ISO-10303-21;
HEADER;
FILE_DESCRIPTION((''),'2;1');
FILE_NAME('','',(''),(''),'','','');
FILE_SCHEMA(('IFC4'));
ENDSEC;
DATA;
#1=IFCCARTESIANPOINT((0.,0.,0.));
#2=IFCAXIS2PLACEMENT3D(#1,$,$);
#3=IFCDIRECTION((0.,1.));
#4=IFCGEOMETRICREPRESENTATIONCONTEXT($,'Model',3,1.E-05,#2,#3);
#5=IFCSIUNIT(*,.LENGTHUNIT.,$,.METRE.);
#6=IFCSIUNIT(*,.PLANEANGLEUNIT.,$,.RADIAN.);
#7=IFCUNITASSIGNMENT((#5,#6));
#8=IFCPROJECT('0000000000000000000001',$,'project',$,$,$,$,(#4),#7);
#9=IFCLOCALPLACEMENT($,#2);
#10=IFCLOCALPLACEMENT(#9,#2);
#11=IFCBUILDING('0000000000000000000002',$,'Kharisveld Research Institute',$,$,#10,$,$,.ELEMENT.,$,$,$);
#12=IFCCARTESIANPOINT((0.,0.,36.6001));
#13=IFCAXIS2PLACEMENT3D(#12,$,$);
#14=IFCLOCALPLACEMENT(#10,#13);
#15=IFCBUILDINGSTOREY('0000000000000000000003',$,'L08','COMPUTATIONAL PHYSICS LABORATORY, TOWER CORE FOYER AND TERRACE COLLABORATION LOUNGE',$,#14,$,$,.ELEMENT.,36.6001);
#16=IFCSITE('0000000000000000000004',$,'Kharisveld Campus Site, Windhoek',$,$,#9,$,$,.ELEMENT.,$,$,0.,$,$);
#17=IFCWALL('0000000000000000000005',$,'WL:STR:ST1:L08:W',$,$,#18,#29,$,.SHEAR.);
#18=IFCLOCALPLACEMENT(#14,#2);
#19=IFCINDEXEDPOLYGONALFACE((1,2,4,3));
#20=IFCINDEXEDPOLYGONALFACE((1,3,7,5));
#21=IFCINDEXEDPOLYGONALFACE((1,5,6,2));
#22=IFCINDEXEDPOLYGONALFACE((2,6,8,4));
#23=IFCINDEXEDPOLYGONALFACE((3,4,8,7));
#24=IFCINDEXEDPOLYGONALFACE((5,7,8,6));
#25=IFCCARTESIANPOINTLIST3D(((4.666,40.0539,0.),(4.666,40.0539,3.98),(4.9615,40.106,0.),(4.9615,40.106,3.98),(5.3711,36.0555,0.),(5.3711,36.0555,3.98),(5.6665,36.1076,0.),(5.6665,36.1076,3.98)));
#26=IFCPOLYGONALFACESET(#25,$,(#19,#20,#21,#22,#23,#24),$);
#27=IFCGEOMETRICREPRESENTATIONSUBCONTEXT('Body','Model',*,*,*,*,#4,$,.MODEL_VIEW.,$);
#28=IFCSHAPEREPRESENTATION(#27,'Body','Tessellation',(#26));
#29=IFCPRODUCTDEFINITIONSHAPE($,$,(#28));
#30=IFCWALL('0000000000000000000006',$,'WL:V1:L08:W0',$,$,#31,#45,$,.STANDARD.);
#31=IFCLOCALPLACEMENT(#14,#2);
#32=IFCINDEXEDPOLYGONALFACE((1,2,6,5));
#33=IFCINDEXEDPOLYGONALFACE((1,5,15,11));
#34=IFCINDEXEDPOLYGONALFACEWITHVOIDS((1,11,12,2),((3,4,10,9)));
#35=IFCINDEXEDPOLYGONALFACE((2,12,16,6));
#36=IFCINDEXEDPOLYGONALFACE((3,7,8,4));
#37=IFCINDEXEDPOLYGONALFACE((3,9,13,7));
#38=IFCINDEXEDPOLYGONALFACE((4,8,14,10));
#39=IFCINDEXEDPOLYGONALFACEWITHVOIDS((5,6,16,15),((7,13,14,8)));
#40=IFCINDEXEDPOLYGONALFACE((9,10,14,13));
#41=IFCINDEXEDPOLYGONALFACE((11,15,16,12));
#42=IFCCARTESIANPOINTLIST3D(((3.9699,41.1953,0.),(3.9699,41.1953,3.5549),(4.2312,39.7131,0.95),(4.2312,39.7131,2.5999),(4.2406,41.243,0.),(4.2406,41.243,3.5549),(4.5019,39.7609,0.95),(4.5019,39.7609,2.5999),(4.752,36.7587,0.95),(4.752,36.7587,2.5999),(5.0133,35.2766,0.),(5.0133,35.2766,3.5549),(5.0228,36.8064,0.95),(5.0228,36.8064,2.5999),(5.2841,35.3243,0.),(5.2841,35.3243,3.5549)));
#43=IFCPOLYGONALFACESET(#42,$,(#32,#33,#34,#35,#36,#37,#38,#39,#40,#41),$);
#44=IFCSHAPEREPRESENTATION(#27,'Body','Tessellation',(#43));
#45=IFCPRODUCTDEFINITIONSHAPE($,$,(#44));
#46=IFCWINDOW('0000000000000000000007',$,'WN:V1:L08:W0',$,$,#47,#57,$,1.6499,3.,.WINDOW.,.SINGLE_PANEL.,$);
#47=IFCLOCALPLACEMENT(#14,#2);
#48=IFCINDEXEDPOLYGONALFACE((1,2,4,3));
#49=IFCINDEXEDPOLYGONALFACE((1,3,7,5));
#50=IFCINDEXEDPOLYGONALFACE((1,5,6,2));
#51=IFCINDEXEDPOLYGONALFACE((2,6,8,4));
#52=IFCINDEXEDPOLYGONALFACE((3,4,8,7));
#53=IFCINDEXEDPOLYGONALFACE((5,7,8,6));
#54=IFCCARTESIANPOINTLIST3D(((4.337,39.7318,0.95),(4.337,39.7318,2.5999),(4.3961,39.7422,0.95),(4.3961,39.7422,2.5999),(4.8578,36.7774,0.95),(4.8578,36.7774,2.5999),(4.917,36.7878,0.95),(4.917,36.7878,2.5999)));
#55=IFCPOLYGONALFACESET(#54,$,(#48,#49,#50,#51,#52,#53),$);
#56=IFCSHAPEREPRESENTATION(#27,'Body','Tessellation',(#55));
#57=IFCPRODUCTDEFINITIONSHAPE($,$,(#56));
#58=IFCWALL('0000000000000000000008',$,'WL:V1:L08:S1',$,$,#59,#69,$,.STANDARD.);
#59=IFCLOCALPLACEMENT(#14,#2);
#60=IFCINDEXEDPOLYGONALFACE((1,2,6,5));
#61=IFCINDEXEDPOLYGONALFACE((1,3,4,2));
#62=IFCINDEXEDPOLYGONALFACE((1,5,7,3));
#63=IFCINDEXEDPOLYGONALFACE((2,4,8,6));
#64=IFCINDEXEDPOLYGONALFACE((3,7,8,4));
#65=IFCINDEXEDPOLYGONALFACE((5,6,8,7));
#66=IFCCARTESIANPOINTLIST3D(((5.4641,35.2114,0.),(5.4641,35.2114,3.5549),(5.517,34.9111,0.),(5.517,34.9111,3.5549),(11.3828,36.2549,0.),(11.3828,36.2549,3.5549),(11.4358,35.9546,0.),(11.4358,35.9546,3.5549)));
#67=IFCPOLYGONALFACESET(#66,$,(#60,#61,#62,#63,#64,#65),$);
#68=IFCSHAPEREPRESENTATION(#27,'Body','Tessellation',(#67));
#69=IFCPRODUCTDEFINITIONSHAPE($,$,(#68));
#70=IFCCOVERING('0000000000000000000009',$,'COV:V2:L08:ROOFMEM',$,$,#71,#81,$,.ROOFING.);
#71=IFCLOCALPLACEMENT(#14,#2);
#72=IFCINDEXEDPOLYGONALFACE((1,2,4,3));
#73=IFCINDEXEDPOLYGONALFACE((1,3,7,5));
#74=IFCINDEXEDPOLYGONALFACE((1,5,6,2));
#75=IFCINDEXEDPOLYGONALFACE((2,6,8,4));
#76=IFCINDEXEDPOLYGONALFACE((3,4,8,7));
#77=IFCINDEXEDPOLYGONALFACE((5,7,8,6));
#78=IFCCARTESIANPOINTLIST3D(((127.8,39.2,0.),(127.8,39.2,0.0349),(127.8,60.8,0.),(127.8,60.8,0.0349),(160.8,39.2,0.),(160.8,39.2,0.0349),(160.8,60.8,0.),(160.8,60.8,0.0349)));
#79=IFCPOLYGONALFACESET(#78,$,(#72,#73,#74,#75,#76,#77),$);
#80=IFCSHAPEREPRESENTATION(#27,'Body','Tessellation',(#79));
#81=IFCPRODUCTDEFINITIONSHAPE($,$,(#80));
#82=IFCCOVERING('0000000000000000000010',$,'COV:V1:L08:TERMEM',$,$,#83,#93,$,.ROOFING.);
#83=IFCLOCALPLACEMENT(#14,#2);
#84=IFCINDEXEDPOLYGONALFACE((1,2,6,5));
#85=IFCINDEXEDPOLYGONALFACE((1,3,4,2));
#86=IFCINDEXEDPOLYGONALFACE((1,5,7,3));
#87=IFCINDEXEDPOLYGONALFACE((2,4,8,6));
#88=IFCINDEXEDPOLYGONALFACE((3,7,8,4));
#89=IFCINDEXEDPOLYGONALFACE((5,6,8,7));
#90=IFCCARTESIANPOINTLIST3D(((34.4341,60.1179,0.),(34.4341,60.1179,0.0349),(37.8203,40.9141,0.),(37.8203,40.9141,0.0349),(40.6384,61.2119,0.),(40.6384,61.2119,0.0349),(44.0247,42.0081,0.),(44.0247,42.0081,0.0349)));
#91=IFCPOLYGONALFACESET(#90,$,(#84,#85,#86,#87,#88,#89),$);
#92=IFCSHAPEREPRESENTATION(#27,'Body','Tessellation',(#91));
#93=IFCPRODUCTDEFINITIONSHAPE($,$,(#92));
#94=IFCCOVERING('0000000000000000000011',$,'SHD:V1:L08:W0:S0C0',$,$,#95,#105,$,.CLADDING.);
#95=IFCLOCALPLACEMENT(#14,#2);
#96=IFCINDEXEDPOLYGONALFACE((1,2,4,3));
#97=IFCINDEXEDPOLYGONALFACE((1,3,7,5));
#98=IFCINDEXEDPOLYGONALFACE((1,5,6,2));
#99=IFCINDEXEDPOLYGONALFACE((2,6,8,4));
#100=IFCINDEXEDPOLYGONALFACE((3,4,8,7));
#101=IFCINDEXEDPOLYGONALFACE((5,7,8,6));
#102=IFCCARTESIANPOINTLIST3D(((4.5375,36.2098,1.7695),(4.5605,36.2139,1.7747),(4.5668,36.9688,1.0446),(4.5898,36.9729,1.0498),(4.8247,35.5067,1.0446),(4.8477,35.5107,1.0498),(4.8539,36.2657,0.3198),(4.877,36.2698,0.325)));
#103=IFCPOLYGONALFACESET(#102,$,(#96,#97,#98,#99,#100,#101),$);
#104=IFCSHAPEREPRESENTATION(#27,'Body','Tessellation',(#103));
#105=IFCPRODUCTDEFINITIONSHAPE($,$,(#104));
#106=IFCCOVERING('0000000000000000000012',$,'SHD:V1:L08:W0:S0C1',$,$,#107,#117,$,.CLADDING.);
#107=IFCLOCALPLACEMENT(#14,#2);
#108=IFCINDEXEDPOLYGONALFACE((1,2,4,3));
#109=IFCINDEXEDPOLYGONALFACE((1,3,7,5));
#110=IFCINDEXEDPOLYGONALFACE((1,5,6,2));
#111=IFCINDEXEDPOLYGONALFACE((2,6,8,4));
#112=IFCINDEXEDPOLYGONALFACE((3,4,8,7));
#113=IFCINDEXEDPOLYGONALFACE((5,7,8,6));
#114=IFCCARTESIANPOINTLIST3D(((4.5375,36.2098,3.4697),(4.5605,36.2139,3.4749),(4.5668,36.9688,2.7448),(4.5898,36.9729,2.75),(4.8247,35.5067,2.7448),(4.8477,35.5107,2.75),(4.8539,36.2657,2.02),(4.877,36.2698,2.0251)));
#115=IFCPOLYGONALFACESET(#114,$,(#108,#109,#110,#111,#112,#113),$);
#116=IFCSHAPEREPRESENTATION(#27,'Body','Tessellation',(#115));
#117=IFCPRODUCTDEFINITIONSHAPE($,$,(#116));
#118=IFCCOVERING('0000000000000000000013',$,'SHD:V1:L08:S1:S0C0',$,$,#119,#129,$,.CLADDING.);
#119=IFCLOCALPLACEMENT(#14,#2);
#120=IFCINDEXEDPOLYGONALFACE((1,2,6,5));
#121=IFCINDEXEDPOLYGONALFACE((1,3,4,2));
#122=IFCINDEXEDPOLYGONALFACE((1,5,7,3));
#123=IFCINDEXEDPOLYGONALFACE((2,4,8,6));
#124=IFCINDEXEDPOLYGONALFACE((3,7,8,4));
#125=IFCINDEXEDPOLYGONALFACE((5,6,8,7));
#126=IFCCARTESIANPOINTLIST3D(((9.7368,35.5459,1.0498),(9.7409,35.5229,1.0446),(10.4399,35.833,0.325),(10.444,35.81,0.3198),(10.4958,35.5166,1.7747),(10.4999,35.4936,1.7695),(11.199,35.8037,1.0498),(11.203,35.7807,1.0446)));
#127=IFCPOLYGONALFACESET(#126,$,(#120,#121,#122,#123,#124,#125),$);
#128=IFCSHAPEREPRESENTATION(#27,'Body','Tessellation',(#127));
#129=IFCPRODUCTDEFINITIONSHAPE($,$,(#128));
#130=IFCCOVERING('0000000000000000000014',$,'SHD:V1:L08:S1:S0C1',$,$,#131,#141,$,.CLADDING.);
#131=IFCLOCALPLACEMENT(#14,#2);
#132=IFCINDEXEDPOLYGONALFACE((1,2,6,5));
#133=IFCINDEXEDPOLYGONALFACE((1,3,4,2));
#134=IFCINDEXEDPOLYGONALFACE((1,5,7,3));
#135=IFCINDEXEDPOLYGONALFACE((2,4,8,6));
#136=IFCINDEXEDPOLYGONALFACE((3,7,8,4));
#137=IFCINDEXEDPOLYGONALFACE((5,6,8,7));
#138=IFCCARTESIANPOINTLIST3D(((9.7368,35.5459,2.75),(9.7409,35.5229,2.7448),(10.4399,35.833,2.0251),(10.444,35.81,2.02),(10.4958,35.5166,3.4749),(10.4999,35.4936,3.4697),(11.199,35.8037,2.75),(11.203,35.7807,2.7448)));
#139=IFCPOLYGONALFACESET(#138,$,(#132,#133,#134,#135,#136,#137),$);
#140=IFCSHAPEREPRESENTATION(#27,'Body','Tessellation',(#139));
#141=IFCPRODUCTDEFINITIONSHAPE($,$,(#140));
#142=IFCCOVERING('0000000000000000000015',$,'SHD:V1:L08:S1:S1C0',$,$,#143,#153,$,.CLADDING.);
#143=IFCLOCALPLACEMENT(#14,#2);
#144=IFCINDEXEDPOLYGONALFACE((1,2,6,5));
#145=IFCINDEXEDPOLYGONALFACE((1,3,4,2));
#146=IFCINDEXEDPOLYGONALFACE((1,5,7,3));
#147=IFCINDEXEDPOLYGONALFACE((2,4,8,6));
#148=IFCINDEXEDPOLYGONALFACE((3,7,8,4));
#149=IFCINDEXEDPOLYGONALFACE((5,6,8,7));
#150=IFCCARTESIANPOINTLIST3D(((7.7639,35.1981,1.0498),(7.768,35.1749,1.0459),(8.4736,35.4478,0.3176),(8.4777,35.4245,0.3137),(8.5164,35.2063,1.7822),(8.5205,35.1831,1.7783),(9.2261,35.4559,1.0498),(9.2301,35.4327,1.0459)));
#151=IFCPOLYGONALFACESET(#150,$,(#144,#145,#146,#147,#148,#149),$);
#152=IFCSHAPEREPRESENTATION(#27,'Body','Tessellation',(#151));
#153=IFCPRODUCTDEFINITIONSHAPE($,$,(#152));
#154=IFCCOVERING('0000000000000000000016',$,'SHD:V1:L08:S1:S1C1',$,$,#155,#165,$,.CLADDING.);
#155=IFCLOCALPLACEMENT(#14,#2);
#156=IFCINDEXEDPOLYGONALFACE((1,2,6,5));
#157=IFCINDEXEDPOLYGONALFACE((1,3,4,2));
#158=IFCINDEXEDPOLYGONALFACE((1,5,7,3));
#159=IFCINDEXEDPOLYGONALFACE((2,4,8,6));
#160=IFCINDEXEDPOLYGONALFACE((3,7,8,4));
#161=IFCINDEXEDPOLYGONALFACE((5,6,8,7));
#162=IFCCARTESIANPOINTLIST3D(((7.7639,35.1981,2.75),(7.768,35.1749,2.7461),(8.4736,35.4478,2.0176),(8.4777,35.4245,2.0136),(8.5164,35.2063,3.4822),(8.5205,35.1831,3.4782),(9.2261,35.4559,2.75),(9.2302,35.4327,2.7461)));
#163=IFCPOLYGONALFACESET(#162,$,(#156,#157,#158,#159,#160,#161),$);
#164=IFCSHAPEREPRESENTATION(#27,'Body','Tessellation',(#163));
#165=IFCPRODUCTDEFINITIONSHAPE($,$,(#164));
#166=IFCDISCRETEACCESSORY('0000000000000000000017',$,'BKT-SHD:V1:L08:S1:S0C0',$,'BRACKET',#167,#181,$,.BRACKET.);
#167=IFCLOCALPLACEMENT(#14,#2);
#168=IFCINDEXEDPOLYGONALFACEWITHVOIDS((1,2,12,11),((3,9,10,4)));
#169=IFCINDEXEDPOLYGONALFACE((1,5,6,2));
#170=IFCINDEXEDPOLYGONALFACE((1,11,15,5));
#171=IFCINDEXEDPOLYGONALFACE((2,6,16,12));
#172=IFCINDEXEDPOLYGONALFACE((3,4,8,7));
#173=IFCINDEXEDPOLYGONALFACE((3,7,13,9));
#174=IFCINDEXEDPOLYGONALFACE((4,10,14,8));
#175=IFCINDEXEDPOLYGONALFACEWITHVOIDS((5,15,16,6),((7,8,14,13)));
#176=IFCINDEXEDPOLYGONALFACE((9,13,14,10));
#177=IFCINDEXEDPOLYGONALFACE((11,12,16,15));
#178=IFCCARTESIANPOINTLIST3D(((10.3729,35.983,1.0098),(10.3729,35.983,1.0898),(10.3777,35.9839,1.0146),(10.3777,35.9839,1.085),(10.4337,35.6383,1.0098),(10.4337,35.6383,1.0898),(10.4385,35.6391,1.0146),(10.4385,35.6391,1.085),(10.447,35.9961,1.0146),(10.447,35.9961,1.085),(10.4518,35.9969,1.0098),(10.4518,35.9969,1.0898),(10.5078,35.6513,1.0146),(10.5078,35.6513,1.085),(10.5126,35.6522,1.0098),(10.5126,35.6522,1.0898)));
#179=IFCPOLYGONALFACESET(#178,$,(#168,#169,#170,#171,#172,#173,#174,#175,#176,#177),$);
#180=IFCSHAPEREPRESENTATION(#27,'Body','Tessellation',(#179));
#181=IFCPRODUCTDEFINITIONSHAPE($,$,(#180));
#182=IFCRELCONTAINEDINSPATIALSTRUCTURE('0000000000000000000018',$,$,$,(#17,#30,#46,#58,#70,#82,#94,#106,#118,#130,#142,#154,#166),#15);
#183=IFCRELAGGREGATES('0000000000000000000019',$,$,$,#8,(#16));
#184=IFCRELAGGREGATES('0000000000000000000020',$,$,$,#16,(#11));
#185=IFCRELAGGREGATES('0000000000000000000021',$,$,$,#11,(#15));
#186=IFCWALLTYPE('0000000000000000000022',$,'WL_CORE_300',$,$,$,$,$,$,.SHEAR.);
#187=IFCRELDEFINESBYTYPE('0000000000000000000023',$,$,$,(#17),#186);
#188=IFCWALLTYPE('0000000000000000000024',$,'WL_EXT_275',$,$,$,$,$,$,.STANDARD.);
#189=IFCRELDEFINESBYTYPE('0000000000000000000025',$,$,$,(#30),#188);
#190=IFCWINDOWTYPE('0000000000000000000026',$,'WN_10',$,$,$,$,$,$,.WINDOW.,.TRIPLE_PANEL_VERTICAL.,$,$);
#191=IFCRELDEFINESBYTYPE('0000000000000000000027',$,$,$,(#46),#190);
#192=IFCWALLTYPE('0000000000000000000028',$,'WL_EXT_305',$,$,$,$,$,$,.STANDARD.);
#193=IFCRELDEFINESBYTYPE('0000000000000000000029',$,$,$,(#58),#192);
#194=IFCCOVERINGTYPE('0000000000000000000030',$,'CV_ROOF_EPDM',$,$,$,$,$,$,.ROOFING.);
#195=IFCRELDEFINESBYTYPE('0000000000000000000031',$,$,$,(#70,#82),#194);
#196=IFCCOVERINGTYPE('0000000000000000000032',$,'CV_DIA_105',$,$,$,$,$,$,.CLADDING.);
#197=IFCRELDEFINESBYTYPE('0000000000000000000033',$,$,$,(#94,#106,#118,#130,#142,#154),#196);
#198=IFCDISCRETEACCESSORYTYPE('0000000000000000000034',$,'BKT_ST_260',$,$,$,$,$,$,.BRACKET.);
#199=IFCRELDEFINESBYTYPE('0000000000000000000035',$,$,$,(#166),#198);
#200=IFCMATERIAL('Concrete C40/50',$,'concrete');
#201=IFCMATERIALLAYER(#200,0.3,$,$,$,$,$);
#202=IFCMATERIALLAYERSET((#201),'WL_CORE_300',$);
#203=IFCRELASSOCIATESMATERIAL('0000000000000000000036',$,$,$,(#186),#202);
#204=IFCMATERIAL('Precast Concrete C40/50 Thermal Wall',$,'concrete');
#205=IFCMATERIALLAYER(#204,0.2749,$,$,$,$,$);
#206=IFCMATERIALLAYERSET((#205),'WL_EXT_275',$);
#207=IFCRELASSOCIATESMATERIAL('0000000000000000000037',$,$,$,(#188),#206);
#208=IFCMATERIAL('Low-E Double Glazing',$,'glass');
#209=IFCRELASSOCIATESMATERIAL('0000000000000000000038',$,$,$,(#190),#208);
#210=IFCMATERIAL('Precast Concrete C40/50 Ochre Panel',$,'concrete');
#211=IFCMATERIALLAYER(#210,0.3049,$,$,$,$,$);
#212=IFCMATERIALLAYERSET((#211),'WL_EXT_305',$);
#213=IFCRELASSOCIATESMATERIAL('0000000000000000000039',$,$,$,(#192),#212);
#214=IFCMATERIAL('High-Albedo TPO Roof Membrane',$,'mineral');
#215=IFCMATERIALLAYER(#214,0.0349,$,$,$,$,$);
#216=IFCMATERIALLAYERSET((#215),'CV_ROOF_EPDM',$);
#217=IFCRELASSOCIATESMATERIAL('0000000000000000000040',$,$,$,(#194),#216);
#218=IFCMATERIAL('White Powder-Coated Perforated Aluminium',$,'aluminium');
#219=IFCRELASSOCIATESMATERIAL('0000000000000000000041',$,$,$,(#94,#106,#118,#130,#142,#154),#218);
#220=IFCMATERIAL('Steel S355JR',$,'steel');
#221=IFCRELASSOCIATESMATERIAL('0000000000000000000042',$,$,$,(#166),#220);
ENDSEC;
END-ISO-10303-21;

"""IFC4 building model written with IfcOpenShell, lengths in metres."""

from ifc_helpers import new_model, si_unit, direction, frame, frame_2d, origin, origin_2d, place, context, subcontext, project, spatial, polyline, rectangle, hollow_rectangle, outline, extrude, material, layer, layer_set, type_object, element, fill, save


model = new_model("IFC4")

# Units and contexts
model_context = context("Model", 3, precision=1e-05, world=origin(), true_north=direction((0.0, 1.0)))
body_context = subcontext(model_context, "Body", "Model", "MODEL_VIEW")
ifc_project = project(units=[si_unit("LENGTHUNIT", "METRE"), si_unit("PLANEANGLEUNIT", "RADIAN")], contexts=[model_context])

# Site, building, storey
site_placement = place(None, origin())
site = spatial("IfcSite", under=ifc_project, at=site_placement, Name="Kharisveld Campus Site, Windhoek", CompositionType="ELEMENT", RefElevation=0.0)
building_placement = place(site_placement, origin())
building = spatial("IfcBuilding", under=site, at=building_placement, Name="Kharisveld Research Institute", CompositionType="ELEMENT")
storey_placement = place(building_placement, frame((0.0, 0.0, 36.6001)))
storey = spatial("IfcBuildingStorey", under=building, at=storey_placement, Name="L08", Description="COMPUTATIONAL PHYSICS LABORATORY, TOWER CORE FOYER AND TERRACE COLLABORATION LOUNGE", CompositionType="ELEMENT", Elevation=36.6001)

# Wall
ifc_material_1 = material(Name="Concrete C40/50", Category="concrete")
ifc_layer_1 = layer(ifc_material_1, 0.3)
ifc_layer_set_1 = layer_set([ifc_layer_1], Name="WL_CORE_300")
wall_type_1 = type_object("IfcWallType", Name="WL_CORE_300", PredefinedType="SHEAR", material=ifc_layer_set_1)
wall_1_placement = place(storey_placement, frame((5.5188, 36.0815, 0.0), z_axis=(0.0, 0.0, 1.0), x_axis=(-0.173665, 0.984805, 0.0)))
element("IfcWall", 1, at=wall_1_placement, inside=storey, type_object=wall_type_1, Name="WL:STR:ST1:L08:W", PredefinedType="SHEAR", context=body_context, shape_type="SweptSolid", body=[
    extrude(rectangle(XDim=4.0601, YDim=0.3, at=frame_2d((2.03, 0.0))), origin(), (0.0, 0.0, 1.0), 3.98),
])

# Wall, opening, window
ifc_material_2 = material(Name="Precast Concrete C40/50 Thermal Wall", Category="concrete")
ifc_layer_2 = layer(ifc_material_2, 0.2749)
ifc_layer_set_2 = layer_set([ifc_layer_2], Name="WL_EXT_275")
wall_type_2 = type_object("IfcWallType", Name="WL_EXT_275", PredefinedType="STANDARD", material=ifc_layer_set_2)
wall_2_placement = place(storey_placement, frame((5.1487, 35.3005, 0.0), z_axis=(0.0, 0.0, 1.0), x_axis=(-0.173621, 0.984813, 0.0)))
wall_2 = element("IfcWall", 2, at=wall_2_placement, inside=storey, type_object=wall_type_2, Name="WL:V1:L08:W0", PredefinedType="STANDARD", context=body_context, shape_type="SweptSolid", body=[
    extrude(rectangle(XDim=6.01, YDim=0.2749, at=frame_2d((3.0049, 0.0))), origin(), (0.0, 0.0, 1.0), 3.5549),
])
opening_1_placement = place(wall_2_placement, frame((1.5049, 0.0, 0.95)))
opening_1 = element("IfcOpeningElement", 3, at=opening_1_placement, cuts=wall_2, PredefinedType="OPENING", context=body_context, shape_type="SweptSolid", body=[
    extrude(rectangle(XDim=3.0, YDim=1.6499, at=frame_2d((1.5, 0.825))), frame((0.0, 0.1375, 0.0), z_axis=(0.0, -1.0, 0.0), x_axis=(1.0, 0.0, 0.0)), (0.0, 0.0, 1.0), 0.2749),
])
ifc_material_3 = material(Name="Low-E Double Glazing", Category="glass")
window_type_1 = type_object("IfcWindowType", Name="WN_10", PartitioningType="TRIPLE_PANEL_VERTICAL", PredefinedType="WINDOW", material=ifc_material_3)
window_1_placement = place(opening_1_placement, origin())
window_1 = element("IfcWindow", 4, at=window_1_placement, inside=storey, type_object=window_type_1, Name="WN:V1:L08:W0", OverallHeight=1.6499, OverallWidth=3.0, PartitioningType="SINGLE_PANEL", PredefinedType="WINDOW", context=body_context, shape_type="SweptSolid", body=[
    extrude(rectangle(XDim=3.0, YDim=1.6499, at=frame_2d((1.5, 0.825))), frame((0.0, 0.03, 0.0), z_axis=(0.0, -1.0, 0.0), x_axis=(1.0, 0.0, 0.0)), (0.0, 0.0, 1.0), 0.0601),
])
fill(opening_1, window_1)

# Wall
ifc_material_4 = material(Name="Precast Concrete C40/50 Ochre Panel", Category="concrete")
ifc_layer_3 = layer(ifc_material_4, 0.3049)
ifc_layer_set_3 = layer_set([ifc_layer_3], Name="WL_EXT_305")
wall_type_3 = type_object("IfcWallType", Name="WL_EXT_305", PredefinedType="STANDARD", material=ifc_layer_set_3)
wall_3_placement = place(storey_placement, frame((11.4092, 36.1047, 0.0), z_axis=(0.0, 0.0, 1.0), x_axis=(-0.984813, -0.173621, 0.0)))
element("IfcWall", 5, at=wall_3_placement, inside=storey, type_object=wall_type_3, Name="WL:V1:L08:S1", PredefinedType="STANDARD", context=body_context, shape_type="SweptSolid", body=[
    extrude(rectangle(XDim=6.01, YDim=0.3049, at=frame_2d((3.0049, 0.0))), origin(), (0.0, 0.0, 1.0), 3.5549),
])

# Coverings
ifc_material_5 = material(Name="High-Albedo TPO Roof Membrane", Category="mineral")
ifc_layer_4 = layer(ifc_material_5, 0.0349)
ifc_layer_set_4 = layer_set([ifc_layer_4], Name="CV_ROOF_EPDM")
covering_type_1 = type_object("IfcCoveringType", Name="CV_ROOF_EPDM", PredefinedType="ROOFING", material=ifc_layer_set_4)
covering_1_placement = place(storey_placement, origin())
element("IfcCovering", 6, at=covering_1_placement, inside=storey, type_object=covering_type_1, Name="COV:V2:L08:ROOFMEM", PredefinedType="ROOFING", context=body_context, shape_type="SweptSolid", body=[
    extrude(outline(polyline([(127.8, 39.2), (160.8, 39.2), (160.8, 60.8), (127.8, 60.8), (127.8, 39.2)])), origin(), (0.0, 0.0, 1.0), 0.0349),
])
covering_2_placement = place(storey_placement, origin())
element("IfcCovering", 7, at=covering_2_placement, inside=storey, type_object=covering_type_1, Name="COV:V1:L08:TERMEM", PredefinedType="ROOFING", context=body_context, shape_type="SweptSolid", body=[
    extrude(outline(polyline([(37.8203, 40.9141), (44.0247, 42.0081), (40.6384, 61.2119), (34.4341, 60.1179), (37.8203, 40.9141)])), origin(), (0.0, 0.0, 1.0), 0.0349),
])
ifc_material_6 = material(Name="White Powder-Coated Perforated Aluminium", Category="aluminium")
covering_type_2 = type_object("IfcCoveringType", Name="CV_DIA_105", PredefinedType="CLADDING")
for number, where, z_axis, x_axis, name in (
    (8, (4.877, 36.2698, 0.325), (0.961476, 0.169531, 0.216385), (-0.273471, 0.669725, 0.690421), "SHD:V1:L08:W0:S0C0"),
    (9, (4.877, 36.2698, 2.0251), (0.961476, 0.169531, 0.216385), (-0.273471, 0.669725, 0.690421), "SHD:V1:L08:W0:S0C1"),
    (10, (10.4399, 35.833, 0.325), (-0.169531, 0.961476, 0.216385), (-0.669725, -0.273471, 0.690421), "SHD:V1:L08:S1:S0C0"),
    (11, (10.4399, 35.833, 2.0251), (-0.169531, 0.961476, 0.216385), (-0.669725, -0.273471, 0.690421), "SHD:V1:L08:S1:S0C1"),
):
    element("IfcCovering", number, at=place(storey_placement, frame(where, z_axis=z_axis, x_axis=x_axis)), inside=storey, type_object=covering_type_2, material=ifc_material_6, Name=name, PredefinedType="CLADDING", context=body_context, shape_type="SweptSolid", body=[
        extrude(outline(polyline([(0.0, 0.0), (1.0499, 0.0), (1.05, 1.05), (0.0001, 1.05), (0.0, 0.0)])), origin(), (0.0, 0.0, -1.0), 0.0239),
    ])
covering_3_placement = place(storey_placement, frame((8.4736, 35.4478, 0.3176), z_axis=(-0.171261, 0.97129, 0.165124), x_axis=(-0.676048, -0.237771, 0.697441)))
element("IfcCovering", 12, at=covering_3_placement, inside=storey, type_object=covering_type_2, material=ifc_material_6, Name="SHD:V1:L08:S1:S1C0", PredefinedType="CLADDING", context=body_context, shape_type="SweptSolid", body=[
    extrude(outline(polyline([(0.0, 0.0), (1.0498, 0.0), (1.05, 1.0501), (0.0, 1.0499), (0.0, 0.0)])), origin(), (0.0, 0.0, -1.0), 0.0239),
])
covering_4_placement = place(storey_placement, frame((8.4736, 35.4478, 2.0176), z_axis=(-0.171261, 0.97129, 0.165124), x_axis=(-0.675931, -0.23777, 0.697555)))
element("IfcCovering", 13, at=covering_4_placement, inside=storey, type_object=covering_type_2, material=ifc_material_6, Name="SHD:V1:L08:S1:S1C1", PredefinedType="CLADDING", context=body_context, shape_type="SweptSolid", body=[
    extrude(outline(polyline([(0.0, 0.0), (1.05, 0.0), (1.0502, 1.0499), (0.0004, 1.0501), (0.0, 0.0)])), origin(), (0.0, 0.0, -1.0), 0.0239),
])

# Discrete accessory
ifc_material_7 = material(Name="Steel S355JR", Category="steel")
discrete_accessory_type = type_object("IfcDiscreteAccessoryType", Name="BKT_ST_260", PredefinedType="BRACKET")
for number, where, z_axis, x_axis, name in (
    (14, (10.4124, 35.99, 1.0498), (0.173666, -0.984805, 0.0), (0.984805, 0.173666, 0.0), "BKT-SHD:V1:L08:S1:S0C0"),
):
    element("IfcDiscreteAccessory", number, at=place(storey_placement, frame(where, z_axis=z_axis, x_axis=x_axis)), inside=storey, type_object=discrete_accessory_type, material=ifc_material_7, Name=name, ObjectType="BRACKET", PredefinedType="BRACKET", context=body_context, shape_type="SweptSolid", body=[
        extrude(hollow_rectangle(XDim=0.0801, YDim=0.0801, WallThickness=0.0049, at=origin_2d()), origin(), (0.0, 0.0, 1.0), 0.3501),
    ])

save(model, "model.ifc")
